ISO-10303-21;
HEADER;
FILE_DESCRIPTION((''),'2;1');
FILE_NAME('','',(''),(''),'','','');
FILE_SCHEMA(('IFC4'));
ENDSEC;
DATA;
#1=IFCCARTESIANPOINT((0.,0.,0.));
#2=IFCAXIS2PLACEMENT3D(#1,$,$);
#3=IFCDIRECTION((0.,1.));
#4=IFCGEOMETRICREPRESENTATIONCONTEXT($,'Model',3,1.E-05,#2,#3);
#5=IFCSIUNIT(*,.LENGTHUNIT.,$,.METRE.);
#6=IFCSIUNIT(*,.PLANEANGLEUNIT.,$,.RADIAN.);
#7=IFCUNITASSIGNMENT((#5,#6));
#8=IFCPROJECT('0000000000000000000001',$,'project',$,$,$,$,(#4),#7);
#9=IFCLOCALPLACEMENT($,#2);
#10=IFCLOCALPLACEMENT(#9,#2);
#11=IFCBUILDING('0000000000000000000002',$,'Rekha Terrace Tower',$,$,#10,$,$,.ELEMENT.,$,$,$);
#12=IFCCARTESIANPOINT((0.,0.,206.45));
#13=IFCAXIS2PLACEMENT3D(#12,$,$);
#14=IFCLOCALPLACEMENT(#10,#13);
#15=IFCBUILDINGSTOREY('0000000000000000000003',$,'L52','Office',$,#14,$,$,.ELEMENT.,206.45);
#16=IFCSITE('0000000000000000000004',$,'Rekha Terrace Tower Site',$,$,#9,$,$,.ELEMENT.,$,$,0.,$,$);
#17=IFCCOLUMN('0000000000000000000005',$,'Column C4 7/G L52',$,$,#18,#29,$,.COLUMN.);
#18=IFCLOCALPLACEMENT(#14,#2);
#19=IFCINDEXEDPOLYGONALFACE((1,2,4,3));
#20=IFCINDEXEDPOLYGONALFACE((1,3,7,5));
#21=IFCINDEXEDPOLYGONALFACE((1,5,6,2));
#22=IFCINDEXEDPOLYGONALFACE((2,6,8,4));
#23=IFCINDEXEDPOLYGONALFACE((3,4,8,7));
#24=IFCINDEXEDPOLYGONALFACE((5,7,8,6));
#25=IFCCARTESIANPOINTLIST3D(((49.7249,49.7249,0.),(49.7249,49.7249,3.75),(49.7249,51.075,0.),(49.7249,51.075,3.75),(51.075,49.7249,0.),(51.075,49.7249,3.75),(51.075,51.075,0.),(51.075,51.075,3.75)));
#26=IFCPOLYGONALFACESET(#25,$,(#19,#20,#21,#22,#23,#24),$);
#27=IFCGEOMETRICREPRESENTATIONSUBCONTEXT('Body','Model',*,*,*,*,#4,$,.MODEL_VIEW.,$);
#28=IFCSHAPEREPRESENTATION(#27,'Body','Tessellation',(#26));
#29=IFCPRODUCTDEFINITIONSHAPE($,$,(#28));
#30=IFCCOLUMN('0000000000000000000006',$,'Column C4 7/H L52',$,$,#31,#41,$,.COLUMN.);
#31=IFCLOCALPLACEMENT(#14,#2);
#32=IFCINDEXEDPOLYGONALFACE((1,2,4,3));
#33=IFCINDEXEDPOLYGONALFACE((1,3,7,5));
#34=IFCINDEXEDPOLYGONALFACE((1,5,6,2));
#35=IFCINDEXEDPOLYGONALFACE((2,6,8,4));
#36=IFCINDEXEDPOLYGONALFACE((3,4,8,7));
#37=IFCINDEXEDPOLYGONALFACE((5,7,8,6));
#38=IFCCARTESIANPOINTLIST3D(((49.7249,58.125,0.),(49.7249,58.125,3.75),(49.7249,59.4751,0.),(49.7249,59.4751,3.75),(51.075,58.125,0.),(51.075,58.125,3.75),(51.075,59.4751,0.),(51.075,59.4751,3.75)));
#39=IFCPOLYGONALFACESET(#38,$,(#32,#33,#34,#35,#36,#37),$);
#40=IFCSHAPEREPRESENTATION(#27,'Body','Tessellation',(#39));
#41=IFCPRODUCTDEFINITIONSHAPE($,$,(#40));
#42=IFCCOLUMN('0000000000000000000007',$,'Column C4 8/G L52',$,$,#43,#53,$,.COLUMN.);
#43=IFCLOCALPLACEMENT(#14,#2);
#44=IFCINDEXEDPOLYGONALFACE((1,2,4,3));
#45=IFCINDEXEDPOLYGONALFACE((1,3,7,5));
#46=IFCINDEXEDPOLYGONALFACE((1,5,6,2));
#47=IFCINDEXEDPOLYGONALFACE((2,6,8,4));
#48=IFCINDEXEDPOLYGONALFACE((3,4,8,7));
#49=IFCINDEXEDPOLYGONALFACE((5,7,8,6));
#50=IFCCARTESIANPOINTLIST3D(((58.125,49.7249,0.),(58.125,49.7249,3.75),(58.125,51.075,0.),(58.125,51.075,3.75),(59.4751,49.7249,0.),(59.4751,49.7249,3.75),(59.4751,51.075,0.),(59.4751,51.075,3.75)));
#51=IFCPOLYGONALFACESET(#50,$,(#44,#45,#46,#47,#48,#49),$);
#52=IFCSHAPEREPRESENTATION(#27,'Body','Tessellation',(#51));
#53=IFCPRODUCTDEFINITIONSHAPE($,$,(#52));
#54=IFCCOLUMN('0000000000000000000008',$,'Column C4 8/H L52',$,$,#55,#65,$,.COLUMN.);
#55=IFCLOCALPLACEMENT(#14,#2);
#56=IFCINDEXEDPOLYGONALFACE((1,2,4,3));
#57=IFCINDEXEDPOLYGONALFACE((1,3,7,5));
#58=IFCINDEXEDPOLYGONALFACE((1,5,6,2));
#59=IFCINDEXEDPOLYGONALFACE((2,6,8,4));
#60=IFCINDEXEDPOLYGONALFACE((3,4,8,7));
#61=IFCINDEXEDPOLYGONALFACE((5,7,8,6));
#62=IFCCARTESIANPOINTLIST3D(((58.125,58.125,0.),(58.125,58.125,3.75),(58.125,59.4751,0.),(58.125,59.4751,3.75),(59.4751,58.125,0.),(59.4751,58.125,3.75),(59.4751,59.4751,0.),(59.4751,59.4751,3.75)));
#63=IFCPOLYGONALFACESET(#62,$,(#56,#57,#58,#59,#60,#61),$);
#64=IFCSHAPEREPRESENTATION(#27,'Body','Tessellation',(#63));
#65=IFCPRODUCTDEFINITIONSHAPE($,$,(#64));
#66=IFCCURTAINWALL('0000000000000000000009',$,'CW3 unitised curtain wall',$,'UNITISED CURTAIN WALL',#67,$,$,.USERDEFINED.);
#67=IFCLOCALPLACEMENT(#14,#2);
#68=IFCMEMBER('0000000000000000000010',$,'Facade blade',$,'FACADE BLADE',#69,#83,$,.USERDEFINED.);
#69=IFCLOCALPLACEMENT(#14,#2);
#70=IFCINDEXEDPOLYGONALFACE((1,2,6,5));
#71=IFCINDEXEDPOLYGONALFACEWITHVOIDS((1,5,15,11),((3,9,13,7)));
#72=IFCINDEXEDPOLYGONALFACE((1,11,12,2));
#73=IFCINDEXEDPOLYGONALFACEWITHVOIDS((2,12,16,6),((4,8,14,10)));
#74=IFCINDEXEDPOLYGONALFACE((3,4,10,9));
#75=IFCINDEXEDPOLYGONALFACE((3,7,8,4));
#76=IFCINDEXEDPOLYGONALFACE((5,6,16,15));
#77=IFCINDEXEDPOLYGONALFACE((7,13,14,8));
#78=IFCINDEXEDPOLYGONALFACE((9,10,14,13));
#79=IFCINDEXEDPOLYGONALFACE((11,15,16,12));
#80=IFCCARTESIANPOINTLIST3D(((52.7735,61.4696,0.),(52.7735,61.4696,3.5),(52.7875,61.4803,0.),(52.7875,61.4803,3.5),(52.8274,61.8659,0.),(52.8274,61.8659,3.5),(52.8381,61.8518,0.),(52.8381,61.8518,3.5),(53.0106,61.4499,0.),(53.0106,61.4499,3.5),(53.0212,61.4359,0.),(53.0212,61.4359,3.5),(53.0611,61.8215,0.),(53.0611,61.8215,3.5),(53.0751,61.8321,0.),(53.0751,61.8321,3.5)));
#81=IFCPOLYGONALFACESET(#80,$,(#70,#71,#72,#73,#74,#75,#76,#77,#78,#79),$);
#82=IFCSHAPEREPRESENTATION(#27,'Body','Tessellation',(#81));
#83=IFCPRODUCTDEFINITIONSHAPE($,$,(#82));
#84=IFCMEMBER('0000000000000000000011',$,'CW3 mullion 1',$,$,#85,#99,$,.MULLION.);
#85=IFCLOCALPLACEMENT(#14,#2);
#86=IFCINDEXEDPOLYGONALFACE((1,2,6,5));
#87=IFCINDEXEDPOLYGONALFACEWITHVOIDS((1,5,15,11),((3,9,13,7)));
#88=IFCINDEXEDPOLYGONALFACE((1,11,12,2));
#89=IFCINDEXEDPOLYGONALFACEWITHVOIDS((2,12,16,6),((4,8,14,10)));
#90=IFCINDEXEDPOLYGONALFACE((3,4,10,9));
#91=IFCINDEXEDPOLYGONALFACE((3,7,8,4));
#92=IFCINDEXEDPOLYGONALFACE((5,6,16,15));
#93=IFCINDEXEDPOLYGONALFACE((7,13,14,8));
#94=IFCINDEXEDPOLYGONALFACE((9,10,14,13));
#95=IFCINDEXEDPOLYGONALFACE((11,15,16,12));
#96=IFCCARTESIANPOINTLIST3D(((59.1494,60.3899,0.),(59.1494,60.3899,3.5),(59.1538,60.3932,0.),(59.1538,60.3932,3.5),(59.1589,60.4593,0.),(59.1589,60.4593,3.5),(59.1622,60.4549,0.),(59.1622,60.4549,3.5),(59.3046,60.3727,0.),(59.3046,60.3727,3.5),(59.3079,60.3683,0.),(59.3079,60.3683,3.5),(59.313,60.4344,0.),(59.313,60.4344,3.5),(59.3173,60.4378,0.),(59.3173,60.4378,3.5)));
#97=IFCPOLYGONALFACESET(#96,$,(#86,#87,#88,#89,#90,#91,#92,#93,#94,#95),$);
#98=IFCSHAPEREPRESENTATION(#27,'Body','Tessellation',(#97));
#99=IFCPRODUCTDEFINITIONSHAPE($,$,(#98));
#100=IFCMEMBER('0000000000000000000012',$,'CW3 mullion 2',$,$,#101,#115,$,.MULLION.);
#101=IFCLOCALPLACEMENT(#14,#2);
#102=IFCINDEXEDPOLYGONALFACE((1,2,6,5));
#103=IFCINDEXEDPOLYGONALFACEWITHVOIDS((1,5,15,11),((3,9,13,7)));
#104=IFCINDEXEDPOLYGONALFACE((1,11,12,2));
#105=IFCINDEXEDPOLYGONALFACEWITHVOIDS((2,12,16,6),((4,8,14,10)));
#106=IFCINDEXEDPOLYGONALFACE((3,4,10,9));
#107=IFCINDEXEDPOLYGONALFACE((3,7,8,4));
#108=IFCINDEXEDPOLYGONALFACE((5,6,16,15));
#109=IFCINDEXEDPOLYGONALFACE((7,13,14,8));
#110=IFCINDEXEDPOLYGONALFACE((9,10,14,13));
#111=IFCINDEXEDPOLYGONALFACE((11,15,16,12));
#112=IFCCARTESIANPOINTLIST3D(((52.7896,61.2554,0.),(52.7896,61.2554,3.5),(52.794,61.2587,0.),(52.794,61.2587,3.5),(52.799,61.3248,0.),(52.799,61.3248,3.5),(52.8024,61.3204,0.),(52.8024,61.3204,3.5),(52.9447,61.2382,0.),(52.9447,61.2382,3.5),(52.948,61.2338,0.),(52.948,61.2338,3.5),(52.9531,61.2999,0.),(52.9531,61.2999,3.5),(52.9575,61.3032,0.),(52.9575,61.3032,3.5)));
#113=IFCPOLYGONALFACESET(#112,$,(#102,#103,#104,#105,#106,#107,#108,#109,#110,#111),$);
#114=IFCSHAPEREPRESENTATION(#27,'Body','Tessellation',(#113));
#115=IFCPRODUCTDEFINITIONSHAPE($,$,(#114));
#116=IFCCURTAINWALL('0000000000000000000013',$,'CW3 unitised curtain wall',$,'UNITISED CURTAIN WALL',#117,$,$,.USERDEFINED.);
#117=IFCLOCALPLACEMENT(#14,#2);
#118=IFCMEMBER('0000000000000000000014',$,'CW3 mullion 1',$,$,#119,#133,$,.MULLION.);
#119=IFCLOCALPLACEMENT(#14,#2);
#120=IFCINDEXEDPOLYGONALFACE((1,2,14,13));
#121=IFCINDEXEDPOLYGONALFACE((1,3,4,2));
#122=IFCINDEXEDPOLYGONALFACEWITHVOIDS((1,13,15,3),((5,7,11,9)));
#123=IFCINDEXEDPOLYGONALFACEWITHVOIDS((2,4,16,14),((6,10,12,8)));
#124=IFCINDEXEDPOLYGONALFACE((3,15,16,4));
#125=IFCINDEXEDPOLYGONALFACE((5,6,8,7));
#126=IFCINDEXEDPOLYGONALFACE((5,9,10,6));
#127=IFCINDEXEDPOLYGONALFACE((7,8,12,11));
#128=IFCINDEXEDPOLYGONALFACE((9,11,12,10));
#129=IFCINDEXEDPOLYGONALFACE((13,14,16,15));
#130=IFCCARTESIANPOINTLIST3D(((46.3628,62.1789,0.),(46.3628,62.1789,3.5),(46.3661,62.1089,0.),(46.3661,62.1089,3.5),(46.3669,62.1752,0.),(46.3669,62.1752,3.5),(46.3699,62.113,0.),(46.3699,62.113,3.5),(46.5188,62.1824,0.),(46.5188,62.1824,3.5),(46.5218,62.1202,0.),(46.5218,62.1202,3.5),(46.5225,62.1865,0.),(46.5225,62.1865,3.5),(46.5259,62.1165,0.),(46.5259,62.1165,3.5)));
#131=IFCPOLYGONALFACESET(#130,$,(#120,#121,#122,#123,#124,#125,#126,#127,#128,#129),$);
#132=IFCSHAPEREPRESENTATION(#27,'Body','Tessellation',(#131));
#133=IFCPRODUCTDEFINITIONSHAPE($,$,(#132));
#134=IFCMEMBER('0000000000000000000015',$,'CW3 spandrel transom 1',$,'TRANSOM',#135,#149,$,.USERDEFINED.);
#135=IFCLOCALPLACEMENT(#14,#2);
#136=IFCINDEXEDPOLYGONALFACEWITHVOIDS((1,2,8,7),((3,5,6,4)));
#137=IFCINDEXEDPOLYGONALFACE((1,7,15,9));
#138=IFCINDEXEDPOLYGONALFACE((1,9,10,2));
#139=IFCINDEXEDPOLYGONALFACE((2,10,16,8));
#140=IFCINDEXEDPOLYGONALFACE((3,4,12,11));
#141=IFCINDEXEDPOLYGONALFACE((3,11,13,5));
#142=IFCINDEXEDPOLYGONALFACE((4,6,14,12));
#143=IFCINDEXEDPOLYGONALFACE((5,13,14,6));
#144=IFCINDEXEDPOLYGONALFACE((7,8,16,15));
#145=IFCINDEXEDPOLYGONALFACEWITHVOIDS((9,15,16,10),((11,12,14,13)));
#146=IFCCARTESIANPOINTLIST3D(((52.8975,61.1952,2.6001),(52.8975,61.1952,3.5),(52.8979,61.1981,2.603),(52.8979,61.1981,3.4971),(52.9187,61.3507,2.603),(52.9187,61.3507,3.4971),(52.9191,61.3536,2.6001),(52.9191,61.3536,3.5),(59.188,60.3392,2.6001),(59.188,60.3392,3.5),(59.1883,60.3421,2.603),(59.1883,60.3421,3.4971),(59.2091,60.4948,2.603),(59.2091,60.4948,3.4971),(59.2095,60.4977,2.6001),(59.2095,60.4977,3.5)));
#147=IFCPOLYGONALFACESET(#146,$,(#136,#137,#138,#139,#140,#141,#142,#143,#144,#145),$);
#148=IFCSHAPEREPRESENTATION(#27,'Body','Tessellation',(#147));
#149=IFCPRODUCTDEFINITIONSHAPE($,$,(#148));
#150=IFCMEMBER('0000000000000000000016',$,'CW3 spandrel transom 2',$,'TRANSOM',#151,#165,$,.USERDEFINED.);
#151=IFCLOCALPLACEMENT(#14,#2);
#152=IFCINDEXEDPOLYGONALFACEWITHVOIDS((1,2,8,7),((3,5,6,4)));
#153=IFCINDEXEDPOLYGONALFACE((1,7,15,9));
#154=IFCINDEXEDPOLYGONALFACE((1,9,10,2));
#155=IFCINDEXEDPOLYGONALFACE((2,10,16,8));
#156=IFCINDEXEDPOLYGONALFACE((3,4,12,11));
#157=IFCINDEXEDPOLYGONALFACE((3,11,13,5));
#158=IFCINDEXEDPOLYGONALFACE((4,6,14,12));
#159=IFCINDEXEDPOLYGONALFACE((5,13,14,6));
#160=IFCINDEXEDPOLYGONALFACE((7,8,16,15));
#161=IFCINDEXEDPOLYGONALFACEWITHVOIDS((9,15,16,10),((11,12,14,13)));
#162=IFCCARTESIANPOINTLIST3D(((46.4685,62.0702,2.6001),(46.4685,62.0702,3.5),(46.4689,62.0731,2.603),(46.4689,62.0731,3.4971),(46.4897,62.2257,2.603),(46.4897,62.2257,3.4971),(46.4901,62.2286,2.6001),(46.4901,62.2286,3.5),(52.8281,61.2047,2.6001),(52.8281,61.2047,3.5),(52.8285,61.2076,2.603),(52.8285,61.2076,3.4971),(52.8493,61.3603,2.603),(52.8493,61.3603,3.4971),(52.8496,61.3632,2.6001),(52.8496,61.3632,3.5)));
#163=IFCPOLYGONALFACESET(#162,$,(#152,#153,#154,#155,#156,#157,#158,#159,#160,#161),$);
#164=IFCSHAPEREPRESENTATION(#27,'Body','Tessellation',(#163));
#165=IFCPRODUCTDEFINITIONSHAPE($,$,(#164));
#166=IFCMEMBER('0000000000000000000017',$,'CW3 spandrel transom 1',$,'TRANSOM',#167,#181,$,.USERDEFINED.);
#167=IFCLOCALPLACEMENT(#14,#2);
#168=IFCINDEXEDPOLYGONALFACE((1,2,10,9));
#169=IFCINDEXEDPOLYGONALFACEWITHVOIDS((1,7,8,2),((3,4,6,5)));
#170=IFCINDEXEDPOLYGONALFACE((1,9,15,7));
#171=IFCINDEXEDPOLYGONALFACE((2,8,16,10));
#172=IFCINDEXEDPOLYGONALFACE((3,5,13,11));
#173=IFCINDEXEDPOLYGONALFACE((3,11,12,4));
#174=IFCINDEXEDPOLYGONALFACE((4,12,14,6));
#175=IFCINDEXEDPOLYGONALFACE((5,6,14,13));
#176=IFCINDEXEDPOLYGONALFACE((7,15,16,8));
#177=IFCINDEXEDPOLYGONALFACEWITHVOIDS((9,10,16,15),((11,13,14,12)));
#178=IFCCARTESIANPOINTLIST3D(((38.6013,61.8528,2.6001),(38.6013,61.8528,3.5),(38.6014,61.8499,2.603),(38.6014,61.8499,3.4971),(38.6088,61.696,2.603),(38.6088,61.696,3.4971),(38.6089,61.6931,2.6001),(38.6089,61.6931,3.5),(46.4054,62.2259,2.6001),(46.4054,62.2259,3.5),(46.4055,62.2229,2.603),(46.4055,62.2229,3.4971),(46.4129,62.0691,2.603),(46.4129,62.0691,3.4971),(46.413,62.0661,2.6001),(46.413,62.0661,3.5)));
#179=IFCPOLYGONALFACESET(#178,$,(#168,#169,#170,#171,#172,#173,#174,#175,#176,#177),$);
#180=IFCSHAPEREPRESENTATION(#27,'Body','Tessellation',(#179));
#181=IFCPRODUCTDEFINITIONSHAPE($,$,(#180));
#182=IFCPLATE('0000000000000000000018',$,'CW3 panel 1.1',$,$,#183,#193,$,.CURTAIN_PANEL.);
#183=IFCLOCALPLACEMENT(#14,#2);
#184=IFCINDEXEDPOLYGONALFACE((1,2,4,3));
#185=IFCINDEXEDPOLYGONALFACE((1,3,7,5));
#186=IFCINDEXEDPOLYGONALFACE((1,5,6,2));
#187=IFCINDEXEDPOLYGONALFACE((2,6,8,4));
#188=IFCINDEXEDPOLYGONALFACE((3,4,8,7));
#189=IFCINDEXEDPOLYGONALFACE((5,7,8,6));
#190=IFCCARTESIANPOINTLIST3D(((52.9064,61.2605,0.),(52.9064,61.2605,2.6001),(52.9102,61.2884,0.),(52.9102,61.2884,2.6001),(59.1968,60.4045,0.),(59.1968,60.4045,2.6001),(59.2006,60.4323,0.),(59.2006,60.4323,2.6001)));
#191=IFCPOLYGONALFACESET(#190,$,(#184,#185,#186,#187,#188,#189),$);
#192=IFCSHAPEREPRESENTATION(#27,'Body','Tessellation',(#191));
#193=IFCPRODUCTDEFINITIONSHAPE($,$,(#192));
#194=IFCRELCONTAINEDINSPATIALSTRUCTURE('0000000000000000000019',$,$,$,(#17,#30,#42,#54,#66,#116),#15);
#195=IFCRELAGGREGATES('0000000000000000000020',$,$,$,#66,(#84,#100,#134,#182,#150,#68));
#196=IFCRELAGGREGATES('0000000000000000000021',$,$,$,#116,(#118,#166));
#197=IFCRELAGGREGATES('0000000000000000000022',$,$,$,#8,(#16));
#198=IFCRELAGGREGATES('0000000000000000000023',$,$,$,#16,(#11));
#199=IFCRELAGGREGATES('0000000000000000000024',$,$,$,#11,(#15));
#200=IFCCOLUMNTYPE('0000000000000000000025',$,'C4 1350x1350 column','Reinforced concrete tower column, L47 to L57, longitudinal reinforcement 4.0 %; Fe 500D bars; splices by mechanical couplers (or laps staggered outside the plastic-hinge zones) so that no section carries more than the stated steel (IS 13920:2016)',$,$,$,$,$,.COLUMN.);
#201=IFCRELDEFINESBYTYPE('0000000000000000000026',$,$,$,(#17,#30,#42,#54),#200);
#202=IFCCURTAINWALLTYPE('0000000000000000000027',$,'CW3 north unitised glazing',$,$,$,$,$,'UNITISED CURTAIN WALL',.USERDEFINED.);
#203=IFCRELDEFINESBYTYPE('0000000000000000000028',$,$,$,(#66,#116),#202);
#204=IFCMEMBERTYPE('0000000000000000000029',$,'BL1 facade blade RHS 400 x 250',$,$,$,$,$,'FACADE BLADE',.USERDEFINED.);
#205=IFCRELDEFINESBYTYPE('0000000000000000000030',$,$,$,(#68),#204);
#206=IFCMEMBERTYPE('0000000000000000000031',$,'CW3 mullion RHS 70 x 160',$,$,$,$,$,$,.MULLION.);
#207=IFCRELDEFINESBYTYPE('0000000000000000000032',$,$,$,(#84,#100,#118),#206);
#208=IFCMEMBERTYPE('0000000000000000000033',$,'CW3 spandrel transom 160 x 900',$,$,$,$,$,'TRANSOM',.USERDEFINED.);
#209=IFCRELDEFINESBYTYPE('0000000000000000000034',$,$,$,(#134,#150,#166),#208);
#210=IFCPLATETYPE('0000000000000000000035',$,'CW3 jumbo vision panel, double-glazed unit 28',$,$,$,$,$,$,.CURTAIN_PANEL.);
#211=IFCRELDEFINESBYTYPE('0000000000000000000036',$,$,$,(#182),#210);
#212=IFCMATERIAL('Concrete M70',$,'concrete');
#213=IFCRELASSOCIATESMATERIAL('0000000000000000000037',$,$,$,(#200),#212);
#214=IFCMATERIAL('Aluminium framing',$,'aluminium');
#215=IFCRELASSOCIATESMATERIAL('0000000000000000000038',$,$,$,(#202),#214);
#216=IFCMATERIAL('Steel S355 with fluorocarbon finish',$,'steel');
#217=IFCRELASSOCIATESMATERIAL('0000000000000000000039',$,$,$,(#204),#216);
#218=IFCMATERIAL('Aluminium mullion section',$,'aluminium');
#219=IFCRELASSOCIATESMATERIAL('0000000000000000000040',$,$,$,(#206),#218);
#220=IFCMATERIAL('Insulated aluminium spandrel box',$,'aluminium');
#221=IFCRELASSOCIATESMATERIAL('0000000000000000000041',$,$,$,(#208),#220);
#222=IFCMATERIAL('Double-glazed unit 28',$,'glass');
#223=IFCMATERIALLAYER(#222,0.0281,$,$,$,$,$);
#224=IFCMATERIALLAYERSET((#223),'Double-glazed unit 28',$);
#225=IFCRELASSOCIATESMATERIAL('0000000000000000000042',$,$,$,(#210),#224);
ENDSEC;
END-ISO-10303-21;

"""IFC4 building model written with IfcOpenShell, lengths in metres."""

from ifc_helpers import new_model, si_unit, direction, frame, origin, origin_2d, place, context, subcontext, project, spatial, rectangle, hollow_rectangle, extrude, material, layer, layer_set, material_profile, profile_set, type_object, element, aggregate, save


model = new_model("IFC4")

# Units and contexts
model_context = context("Model", 3, precision=1e-05, world=origin(), true_north=direction((0.0, 1.0)))
body_context = subcontext(model_context, "Body", "Model", "MODEL_VIEW")
ifc_project = project(units=[si_unit("LENGTHUNIT", "METRE"), si_unit("PLANEANGLEUNIT", "RADIAN")], contexts=[model_context])

# Site, building, storey
site_placement = place(None, origin())
site = spatial("IfcSite", under=ifc_project, at=site_placement, Name="Rekha Terrace Tower Site", CompositionType="ELEMENT", RefElevation=0.0)
building_placement = place(site_placement, origin())
building = spatial("IfcBuilding", under=site, at=building_placement, Name="Rekha Terrace Tower", CompositionType="ELEMENT")
storey_placement = place(building_placement, frame((0.0, 0.0, 206.45)))
storey = spatial("IfcBuildingStorey", under=building, at=storey_placement, Name="L52", Description="Office", CompositionType="ELEMENT", Elevation=206.45)

# Columns
ifc_material_1 = material(Name="Concrete M70", Category="concrete")
ifc_material_profile_1 = material_profile(ifc_material_1, rectangle(XDim=1.3501, YDim=1.3501, at=origin_2d()), Name="RC 1350x1350")
ifc_profile_set_1 = profile_set([ifc_material_profile_1], Name="Concrete M70")
column_type = type_object("IfcColumnType", Name="C4 1350x1350 column", Description="Reinforced concrete tower column, L47 to L57, longitudinal reinforcement 4.0 %; Fe 500D bars; splices by mechanical couplers (or laps staggered outside the plastic-hinge zones) so that no section carries more than the stated steel (IS 13920:2016)", PredefinedType="COLUMN", material=ifc_profile_set_1)
for number, where, z_axis, x_axis, name in (
    (1, (50.3999, 50.3999, 0.0), (0.0, 0.0, 1.0), (1.0, 0.0, 0.0), "Column C4 7/G L52"),
    (2, (50.3999, 58.8, 0.0), (0.0, 0.0, 1.0), (1.0, 0.0, 0.0), "Column C4 7/H L52"),
    (3, (58.8, 50.3999, 0.0), (0.0, 0.0, 1.0), (1.0, 0.0, 0.0), "Column C4 8/G L52"),
    (4, (58.8, 58.8, 0.0), (0.0, 0.0, 1.0), (1.0, 0.0, 0.0), "Column C4 8/H L52"),
):
    element("IfcColumn", number, at=place(storey_placement, frame(where, z_axis=z_axis, x_axis=x_axis)), inside=storey, type_object=column_type, Name=name, PredefinedType="COLUMN", context=body_context, shape_type="SweptSolid", body=[
        extrude(rectangle(XDim=1.3501, YDim=1.3501, at=origin_2d()), origin(), (0.0, 0.0, 1.0), 3.75),
    ])

# Curtain wall, members
ifc_material_2 = material(Name="Aluminium framing", Category="aluminium")
curtain_wall_type = type_object("IfcCurtainWallType", Name="CW3 north unitised glazing", ElementType="UNITISED CURTAIN WALL", PredefinedType="USERDEFINED", material=ifc_material_2)
curtain_wall_1_placement = place(storey_placement, origin())
curtain_wall_1 = element("IfcCurtainWall", 5, at=curtain_wall_1_placement, inside=storey, type_object=curtain_wall_type, Name="CW3 unitised curtain wall", ObjectType="UNITISED CURTAIN WALL", PredefinedType="USERDEFINED")
ifc_material_3 = material(Name="Steel S355 with fluorocarbon finish", Category="steel")
ifc_material_profile_2 = material_profile(ifc_material_3, hollow_rectangle(XDim=0.25, YDim=0.3999, WallThickness=0.0125, at=origin_2d()), Name="RHS400x250x12.5")
ifc_profile_set_2 = profile_set([ifc_material_profile_2], Name="Steel S355 with fluorocarbon finish")
member_type_1 = type_object("IfcMemberType", Name="BL1 facade blade RHS 400 x 250", ElementType="FACADE BLADE", PredefinedType="USERDEFINED", material=ifc_profile_set_2)
member_1_placement = place(storey_placement, frame((52.9243, 61.6509, 0.0), z_axis=(0.0, 0.0, 1.0), x_axis=(-0.990867, 0.134841, 0.0)))
member_1 = element("IfcMember", 6, at=member_1_placement, type_object=member_type_1, Name="Facade blade", ObjectType="FACADE BLADE", PredefinedType="USERDEFINED", context=body_context, shape_type="SweptSolid", body=[
    extrude(hollow_rectangle(XDim=0.25, YDim=0.3999, WallThickness=0.0125, at=origin_2d()), origin(), (0.0, 0.0, 1.0), 3.5),
])
ifc_material_4 = material(Name="Aluminium mullion section", Category="aluminium")
ifc_material_profile_3 = material_profile(ifc_material_4, hollow_rectangle(XDim=0.0701, YDim=0.1599, WallThickness=0.0039, at=origin_2d()), Name="AL RHS 70x160")
ifc_profile_set_3 = profile_set([ifc_material_profile_3], Name="Aluminium mullion section")
member_type_2 = type_object("IfcMemberType", Name="CW3 mullion RHS 70 x 160", PredefinedType="MULLION", material=ifc_profile_set_3)
member_2_placement = place(storey_placement, frame((59.2334, 60.4138, 0.0), z_axis=(0.0, 0.0, 1.0), x_axis=(-0.134841, -0.990867, 0.0)))
member_2 = element("IfcMember", 7, at=member_2_placement, type_object=member_type_2, Name="CW3 mullion 1", PredefinedType="MULLION", context=body_context, shape_type="SweptSolid", body=[
    extrude(hollow_rectangle(XDim=0.0701, YDim=0.1599, WallThickness=0.0039, at=origin_2d()), origin(), (0.0, 0.0, 1.0), 3.5),
])
member_3_placement = place(storey_placement, frame((52.8735, 61.2793, 0.0), z_axis=(0.0, 0.0, 1.0), x_axis=(-0.134841, -0.990867, 0.0)))
member_3 = element("IfcMember", 8, at=member_3_placement, type_object=member_type_2, Name="CW3 mullion 2", PredefinedType="MULLION", context=body_context, shape_type="SweptSolid", body=[
    extrude(hollow_rectangle(XDim=0.0701, YDim=0.1599, WallThickness=0.0039, at=origin_2d()), origin(), (0.0, 0.0, 1.0), 3.5),
])

# Curtain wall, member
curtain_wall_2_placement = place(storey_placement, origin())
curtain_wall_2 = element("IfcCurtainWall", 9, at=curtain_wall_2_placement, inside=storey, type_object=curtain_wall_type, Name="CW3 unitised curtain wall", ObjectType="UNITISED CURTAIN WALL", PredefinedType="USERDEFINED")
member_4_placement = place(storey_placement, frame((46.4443, 62.1477, 0.0), z_axis=(0.0, 0.0, 1.0), x_axis=(0.047759, -0.998859, 0.0)))
member_4 = element("IfcMember", 10, at=member_4_placement, type_object=member_type_2, Name="CW3 mullion 1", PredefinedType="MULLION", context=body_context, shape_type="SweptSolid", body=[
    extrude(hollow_rectangle(XDim=0.0701, YDim=0.1599, WallThickness=0.0039, at=origin_2d()), origin(), (0.0, 0.0, 1.0), 3.5),
])

# Members
ifc_material_5 = material(Name="Insulated aluminium spandrel box", Category="aluminium")
ifc_material_profile_4 = material_profile(ifc_material_5, hollow_rectangle(XDim=0.1599, YDim=0.8999, WallThickness=0.0029, at=origin_2d()), Name="AL SPANDREL BOX 160x900")
ifc_profile_set_4 = profile_set([ifc_material_profile_4], Name="Insulated aluminium spandrel box")
member_type_3 = type_object("IfcMemberType", Name="CW3 spandrel transom 160 x 900", ElementType="TRANSOM", PredefinedType="USERDEFINED", material=ifc_profile_set_4)
member_5_placement = place(storey_placement, frame((59.1987, 60.4185, 3.05), z_axis=(-0.990869, 0.134828, 0.0), x_axis=(-0.134828, -0.990869, 0.0)))
member_5 = element("IfcMember", 11, at=member_5_placement, type_object=member_type_3, Name="CW3 spandrel transom 1", ObjectType="TRANSOM", PredefinedType="USERDEFINED", context=body_context, shape_type="SweptSolid", body=[
    extrude(hollow_rectangle(XDim=0.1599, YDim=0.8999, WallThickness=0.0029, at=origin_2d()), origin(), (0.0, 0.0, 1.0), 6.3484),
])
member_6_placement = place(storey_placement, frame((52.8389, 61.2839, 3.05), z_axis=(-0.990866, 0.134847, 0.0), x_axis=(-0.134847, -0.990866, 0.0)))
member_6 = element("IfcMember", 12, at=member_6_placement, type_object=member_type_3, Name="CW3 spandrel transom 2", ObjectType="TRANSOM", PredefinedType="USERDEFINED", context=body_context, shape_type="SweptSolid", body=[
    extrude(hollow_rectangle(XDim=0.1599, YDim=0.8999, WallThickness=0.0029, at=origin_2d()), origin(), (0.0, 0.0, 1.0), 6.4182),
])
member_7_placement = place(storey_placement, frame((46.4092, 62.146, 3.05), z_axis=(-0.998859, -0.047748, 0.0), x_axis=(0.047748, -0.998859, 0.0)))
member_7 = element("IfcMember", 13, at=member_7_placement, type_object=member_type_3, Name="CW3 spandrel transom 1", ObjectType="TRANSOM", PredefinedType="USERDEFINED", context=body_context, shape_type="SweptSolid", body=[
    extrude(hollow_rectangle(XDim=0.1599, YDim=0.8999, WallThickness=0.0029, at=origin_2d()), origin(), (0.0, 0.0, 1.0), 7.813),
])

# Plate
ifc_material_6 = material(Name="Double-glazed unit 28", Category="glass")
ifc_layer_1 = layer(ifc_material_6, 0.0281)
ifc_layer_set_1 = layer_set([ifc_layer_1], Name="Double-glazed unit 28")
plate_type = type_object("IfcPlateType", Name="CW3 jumbo vision panel, double-glazed unit 28", PredefinedType="CURTAIN_PANEL", material=ifc_layer_set_1)
plate_1_placement = place(storey_placement, frame((56.0535, 60.8464, 0.0), z_axis=(0.0, 0.0, 1.0), x_axis=(-0.990867, 0.134841, 0.0)))
plate_1 = element("IfcPlate", 14, at=plate_1_placement, type_object=plate_type, Name="CW3 panel 1.1", PredefinedType="CURTAIN_PANEL", context=body_context, shape_type="SweptSolid", body=[
    extrude(rectangle(XDim=6.3484, YDim=0.0281, at=origin_2d()), origin(), (0.0, 0.0, 1.0), 2.6001),
])
aggregate(curtain_wall_1, [member_2, member_3, member_5, plate_1, member_6, member_1])
aggregate(curtain_wall_2, [member_4, member_7])

save(model, "model.ifc")
